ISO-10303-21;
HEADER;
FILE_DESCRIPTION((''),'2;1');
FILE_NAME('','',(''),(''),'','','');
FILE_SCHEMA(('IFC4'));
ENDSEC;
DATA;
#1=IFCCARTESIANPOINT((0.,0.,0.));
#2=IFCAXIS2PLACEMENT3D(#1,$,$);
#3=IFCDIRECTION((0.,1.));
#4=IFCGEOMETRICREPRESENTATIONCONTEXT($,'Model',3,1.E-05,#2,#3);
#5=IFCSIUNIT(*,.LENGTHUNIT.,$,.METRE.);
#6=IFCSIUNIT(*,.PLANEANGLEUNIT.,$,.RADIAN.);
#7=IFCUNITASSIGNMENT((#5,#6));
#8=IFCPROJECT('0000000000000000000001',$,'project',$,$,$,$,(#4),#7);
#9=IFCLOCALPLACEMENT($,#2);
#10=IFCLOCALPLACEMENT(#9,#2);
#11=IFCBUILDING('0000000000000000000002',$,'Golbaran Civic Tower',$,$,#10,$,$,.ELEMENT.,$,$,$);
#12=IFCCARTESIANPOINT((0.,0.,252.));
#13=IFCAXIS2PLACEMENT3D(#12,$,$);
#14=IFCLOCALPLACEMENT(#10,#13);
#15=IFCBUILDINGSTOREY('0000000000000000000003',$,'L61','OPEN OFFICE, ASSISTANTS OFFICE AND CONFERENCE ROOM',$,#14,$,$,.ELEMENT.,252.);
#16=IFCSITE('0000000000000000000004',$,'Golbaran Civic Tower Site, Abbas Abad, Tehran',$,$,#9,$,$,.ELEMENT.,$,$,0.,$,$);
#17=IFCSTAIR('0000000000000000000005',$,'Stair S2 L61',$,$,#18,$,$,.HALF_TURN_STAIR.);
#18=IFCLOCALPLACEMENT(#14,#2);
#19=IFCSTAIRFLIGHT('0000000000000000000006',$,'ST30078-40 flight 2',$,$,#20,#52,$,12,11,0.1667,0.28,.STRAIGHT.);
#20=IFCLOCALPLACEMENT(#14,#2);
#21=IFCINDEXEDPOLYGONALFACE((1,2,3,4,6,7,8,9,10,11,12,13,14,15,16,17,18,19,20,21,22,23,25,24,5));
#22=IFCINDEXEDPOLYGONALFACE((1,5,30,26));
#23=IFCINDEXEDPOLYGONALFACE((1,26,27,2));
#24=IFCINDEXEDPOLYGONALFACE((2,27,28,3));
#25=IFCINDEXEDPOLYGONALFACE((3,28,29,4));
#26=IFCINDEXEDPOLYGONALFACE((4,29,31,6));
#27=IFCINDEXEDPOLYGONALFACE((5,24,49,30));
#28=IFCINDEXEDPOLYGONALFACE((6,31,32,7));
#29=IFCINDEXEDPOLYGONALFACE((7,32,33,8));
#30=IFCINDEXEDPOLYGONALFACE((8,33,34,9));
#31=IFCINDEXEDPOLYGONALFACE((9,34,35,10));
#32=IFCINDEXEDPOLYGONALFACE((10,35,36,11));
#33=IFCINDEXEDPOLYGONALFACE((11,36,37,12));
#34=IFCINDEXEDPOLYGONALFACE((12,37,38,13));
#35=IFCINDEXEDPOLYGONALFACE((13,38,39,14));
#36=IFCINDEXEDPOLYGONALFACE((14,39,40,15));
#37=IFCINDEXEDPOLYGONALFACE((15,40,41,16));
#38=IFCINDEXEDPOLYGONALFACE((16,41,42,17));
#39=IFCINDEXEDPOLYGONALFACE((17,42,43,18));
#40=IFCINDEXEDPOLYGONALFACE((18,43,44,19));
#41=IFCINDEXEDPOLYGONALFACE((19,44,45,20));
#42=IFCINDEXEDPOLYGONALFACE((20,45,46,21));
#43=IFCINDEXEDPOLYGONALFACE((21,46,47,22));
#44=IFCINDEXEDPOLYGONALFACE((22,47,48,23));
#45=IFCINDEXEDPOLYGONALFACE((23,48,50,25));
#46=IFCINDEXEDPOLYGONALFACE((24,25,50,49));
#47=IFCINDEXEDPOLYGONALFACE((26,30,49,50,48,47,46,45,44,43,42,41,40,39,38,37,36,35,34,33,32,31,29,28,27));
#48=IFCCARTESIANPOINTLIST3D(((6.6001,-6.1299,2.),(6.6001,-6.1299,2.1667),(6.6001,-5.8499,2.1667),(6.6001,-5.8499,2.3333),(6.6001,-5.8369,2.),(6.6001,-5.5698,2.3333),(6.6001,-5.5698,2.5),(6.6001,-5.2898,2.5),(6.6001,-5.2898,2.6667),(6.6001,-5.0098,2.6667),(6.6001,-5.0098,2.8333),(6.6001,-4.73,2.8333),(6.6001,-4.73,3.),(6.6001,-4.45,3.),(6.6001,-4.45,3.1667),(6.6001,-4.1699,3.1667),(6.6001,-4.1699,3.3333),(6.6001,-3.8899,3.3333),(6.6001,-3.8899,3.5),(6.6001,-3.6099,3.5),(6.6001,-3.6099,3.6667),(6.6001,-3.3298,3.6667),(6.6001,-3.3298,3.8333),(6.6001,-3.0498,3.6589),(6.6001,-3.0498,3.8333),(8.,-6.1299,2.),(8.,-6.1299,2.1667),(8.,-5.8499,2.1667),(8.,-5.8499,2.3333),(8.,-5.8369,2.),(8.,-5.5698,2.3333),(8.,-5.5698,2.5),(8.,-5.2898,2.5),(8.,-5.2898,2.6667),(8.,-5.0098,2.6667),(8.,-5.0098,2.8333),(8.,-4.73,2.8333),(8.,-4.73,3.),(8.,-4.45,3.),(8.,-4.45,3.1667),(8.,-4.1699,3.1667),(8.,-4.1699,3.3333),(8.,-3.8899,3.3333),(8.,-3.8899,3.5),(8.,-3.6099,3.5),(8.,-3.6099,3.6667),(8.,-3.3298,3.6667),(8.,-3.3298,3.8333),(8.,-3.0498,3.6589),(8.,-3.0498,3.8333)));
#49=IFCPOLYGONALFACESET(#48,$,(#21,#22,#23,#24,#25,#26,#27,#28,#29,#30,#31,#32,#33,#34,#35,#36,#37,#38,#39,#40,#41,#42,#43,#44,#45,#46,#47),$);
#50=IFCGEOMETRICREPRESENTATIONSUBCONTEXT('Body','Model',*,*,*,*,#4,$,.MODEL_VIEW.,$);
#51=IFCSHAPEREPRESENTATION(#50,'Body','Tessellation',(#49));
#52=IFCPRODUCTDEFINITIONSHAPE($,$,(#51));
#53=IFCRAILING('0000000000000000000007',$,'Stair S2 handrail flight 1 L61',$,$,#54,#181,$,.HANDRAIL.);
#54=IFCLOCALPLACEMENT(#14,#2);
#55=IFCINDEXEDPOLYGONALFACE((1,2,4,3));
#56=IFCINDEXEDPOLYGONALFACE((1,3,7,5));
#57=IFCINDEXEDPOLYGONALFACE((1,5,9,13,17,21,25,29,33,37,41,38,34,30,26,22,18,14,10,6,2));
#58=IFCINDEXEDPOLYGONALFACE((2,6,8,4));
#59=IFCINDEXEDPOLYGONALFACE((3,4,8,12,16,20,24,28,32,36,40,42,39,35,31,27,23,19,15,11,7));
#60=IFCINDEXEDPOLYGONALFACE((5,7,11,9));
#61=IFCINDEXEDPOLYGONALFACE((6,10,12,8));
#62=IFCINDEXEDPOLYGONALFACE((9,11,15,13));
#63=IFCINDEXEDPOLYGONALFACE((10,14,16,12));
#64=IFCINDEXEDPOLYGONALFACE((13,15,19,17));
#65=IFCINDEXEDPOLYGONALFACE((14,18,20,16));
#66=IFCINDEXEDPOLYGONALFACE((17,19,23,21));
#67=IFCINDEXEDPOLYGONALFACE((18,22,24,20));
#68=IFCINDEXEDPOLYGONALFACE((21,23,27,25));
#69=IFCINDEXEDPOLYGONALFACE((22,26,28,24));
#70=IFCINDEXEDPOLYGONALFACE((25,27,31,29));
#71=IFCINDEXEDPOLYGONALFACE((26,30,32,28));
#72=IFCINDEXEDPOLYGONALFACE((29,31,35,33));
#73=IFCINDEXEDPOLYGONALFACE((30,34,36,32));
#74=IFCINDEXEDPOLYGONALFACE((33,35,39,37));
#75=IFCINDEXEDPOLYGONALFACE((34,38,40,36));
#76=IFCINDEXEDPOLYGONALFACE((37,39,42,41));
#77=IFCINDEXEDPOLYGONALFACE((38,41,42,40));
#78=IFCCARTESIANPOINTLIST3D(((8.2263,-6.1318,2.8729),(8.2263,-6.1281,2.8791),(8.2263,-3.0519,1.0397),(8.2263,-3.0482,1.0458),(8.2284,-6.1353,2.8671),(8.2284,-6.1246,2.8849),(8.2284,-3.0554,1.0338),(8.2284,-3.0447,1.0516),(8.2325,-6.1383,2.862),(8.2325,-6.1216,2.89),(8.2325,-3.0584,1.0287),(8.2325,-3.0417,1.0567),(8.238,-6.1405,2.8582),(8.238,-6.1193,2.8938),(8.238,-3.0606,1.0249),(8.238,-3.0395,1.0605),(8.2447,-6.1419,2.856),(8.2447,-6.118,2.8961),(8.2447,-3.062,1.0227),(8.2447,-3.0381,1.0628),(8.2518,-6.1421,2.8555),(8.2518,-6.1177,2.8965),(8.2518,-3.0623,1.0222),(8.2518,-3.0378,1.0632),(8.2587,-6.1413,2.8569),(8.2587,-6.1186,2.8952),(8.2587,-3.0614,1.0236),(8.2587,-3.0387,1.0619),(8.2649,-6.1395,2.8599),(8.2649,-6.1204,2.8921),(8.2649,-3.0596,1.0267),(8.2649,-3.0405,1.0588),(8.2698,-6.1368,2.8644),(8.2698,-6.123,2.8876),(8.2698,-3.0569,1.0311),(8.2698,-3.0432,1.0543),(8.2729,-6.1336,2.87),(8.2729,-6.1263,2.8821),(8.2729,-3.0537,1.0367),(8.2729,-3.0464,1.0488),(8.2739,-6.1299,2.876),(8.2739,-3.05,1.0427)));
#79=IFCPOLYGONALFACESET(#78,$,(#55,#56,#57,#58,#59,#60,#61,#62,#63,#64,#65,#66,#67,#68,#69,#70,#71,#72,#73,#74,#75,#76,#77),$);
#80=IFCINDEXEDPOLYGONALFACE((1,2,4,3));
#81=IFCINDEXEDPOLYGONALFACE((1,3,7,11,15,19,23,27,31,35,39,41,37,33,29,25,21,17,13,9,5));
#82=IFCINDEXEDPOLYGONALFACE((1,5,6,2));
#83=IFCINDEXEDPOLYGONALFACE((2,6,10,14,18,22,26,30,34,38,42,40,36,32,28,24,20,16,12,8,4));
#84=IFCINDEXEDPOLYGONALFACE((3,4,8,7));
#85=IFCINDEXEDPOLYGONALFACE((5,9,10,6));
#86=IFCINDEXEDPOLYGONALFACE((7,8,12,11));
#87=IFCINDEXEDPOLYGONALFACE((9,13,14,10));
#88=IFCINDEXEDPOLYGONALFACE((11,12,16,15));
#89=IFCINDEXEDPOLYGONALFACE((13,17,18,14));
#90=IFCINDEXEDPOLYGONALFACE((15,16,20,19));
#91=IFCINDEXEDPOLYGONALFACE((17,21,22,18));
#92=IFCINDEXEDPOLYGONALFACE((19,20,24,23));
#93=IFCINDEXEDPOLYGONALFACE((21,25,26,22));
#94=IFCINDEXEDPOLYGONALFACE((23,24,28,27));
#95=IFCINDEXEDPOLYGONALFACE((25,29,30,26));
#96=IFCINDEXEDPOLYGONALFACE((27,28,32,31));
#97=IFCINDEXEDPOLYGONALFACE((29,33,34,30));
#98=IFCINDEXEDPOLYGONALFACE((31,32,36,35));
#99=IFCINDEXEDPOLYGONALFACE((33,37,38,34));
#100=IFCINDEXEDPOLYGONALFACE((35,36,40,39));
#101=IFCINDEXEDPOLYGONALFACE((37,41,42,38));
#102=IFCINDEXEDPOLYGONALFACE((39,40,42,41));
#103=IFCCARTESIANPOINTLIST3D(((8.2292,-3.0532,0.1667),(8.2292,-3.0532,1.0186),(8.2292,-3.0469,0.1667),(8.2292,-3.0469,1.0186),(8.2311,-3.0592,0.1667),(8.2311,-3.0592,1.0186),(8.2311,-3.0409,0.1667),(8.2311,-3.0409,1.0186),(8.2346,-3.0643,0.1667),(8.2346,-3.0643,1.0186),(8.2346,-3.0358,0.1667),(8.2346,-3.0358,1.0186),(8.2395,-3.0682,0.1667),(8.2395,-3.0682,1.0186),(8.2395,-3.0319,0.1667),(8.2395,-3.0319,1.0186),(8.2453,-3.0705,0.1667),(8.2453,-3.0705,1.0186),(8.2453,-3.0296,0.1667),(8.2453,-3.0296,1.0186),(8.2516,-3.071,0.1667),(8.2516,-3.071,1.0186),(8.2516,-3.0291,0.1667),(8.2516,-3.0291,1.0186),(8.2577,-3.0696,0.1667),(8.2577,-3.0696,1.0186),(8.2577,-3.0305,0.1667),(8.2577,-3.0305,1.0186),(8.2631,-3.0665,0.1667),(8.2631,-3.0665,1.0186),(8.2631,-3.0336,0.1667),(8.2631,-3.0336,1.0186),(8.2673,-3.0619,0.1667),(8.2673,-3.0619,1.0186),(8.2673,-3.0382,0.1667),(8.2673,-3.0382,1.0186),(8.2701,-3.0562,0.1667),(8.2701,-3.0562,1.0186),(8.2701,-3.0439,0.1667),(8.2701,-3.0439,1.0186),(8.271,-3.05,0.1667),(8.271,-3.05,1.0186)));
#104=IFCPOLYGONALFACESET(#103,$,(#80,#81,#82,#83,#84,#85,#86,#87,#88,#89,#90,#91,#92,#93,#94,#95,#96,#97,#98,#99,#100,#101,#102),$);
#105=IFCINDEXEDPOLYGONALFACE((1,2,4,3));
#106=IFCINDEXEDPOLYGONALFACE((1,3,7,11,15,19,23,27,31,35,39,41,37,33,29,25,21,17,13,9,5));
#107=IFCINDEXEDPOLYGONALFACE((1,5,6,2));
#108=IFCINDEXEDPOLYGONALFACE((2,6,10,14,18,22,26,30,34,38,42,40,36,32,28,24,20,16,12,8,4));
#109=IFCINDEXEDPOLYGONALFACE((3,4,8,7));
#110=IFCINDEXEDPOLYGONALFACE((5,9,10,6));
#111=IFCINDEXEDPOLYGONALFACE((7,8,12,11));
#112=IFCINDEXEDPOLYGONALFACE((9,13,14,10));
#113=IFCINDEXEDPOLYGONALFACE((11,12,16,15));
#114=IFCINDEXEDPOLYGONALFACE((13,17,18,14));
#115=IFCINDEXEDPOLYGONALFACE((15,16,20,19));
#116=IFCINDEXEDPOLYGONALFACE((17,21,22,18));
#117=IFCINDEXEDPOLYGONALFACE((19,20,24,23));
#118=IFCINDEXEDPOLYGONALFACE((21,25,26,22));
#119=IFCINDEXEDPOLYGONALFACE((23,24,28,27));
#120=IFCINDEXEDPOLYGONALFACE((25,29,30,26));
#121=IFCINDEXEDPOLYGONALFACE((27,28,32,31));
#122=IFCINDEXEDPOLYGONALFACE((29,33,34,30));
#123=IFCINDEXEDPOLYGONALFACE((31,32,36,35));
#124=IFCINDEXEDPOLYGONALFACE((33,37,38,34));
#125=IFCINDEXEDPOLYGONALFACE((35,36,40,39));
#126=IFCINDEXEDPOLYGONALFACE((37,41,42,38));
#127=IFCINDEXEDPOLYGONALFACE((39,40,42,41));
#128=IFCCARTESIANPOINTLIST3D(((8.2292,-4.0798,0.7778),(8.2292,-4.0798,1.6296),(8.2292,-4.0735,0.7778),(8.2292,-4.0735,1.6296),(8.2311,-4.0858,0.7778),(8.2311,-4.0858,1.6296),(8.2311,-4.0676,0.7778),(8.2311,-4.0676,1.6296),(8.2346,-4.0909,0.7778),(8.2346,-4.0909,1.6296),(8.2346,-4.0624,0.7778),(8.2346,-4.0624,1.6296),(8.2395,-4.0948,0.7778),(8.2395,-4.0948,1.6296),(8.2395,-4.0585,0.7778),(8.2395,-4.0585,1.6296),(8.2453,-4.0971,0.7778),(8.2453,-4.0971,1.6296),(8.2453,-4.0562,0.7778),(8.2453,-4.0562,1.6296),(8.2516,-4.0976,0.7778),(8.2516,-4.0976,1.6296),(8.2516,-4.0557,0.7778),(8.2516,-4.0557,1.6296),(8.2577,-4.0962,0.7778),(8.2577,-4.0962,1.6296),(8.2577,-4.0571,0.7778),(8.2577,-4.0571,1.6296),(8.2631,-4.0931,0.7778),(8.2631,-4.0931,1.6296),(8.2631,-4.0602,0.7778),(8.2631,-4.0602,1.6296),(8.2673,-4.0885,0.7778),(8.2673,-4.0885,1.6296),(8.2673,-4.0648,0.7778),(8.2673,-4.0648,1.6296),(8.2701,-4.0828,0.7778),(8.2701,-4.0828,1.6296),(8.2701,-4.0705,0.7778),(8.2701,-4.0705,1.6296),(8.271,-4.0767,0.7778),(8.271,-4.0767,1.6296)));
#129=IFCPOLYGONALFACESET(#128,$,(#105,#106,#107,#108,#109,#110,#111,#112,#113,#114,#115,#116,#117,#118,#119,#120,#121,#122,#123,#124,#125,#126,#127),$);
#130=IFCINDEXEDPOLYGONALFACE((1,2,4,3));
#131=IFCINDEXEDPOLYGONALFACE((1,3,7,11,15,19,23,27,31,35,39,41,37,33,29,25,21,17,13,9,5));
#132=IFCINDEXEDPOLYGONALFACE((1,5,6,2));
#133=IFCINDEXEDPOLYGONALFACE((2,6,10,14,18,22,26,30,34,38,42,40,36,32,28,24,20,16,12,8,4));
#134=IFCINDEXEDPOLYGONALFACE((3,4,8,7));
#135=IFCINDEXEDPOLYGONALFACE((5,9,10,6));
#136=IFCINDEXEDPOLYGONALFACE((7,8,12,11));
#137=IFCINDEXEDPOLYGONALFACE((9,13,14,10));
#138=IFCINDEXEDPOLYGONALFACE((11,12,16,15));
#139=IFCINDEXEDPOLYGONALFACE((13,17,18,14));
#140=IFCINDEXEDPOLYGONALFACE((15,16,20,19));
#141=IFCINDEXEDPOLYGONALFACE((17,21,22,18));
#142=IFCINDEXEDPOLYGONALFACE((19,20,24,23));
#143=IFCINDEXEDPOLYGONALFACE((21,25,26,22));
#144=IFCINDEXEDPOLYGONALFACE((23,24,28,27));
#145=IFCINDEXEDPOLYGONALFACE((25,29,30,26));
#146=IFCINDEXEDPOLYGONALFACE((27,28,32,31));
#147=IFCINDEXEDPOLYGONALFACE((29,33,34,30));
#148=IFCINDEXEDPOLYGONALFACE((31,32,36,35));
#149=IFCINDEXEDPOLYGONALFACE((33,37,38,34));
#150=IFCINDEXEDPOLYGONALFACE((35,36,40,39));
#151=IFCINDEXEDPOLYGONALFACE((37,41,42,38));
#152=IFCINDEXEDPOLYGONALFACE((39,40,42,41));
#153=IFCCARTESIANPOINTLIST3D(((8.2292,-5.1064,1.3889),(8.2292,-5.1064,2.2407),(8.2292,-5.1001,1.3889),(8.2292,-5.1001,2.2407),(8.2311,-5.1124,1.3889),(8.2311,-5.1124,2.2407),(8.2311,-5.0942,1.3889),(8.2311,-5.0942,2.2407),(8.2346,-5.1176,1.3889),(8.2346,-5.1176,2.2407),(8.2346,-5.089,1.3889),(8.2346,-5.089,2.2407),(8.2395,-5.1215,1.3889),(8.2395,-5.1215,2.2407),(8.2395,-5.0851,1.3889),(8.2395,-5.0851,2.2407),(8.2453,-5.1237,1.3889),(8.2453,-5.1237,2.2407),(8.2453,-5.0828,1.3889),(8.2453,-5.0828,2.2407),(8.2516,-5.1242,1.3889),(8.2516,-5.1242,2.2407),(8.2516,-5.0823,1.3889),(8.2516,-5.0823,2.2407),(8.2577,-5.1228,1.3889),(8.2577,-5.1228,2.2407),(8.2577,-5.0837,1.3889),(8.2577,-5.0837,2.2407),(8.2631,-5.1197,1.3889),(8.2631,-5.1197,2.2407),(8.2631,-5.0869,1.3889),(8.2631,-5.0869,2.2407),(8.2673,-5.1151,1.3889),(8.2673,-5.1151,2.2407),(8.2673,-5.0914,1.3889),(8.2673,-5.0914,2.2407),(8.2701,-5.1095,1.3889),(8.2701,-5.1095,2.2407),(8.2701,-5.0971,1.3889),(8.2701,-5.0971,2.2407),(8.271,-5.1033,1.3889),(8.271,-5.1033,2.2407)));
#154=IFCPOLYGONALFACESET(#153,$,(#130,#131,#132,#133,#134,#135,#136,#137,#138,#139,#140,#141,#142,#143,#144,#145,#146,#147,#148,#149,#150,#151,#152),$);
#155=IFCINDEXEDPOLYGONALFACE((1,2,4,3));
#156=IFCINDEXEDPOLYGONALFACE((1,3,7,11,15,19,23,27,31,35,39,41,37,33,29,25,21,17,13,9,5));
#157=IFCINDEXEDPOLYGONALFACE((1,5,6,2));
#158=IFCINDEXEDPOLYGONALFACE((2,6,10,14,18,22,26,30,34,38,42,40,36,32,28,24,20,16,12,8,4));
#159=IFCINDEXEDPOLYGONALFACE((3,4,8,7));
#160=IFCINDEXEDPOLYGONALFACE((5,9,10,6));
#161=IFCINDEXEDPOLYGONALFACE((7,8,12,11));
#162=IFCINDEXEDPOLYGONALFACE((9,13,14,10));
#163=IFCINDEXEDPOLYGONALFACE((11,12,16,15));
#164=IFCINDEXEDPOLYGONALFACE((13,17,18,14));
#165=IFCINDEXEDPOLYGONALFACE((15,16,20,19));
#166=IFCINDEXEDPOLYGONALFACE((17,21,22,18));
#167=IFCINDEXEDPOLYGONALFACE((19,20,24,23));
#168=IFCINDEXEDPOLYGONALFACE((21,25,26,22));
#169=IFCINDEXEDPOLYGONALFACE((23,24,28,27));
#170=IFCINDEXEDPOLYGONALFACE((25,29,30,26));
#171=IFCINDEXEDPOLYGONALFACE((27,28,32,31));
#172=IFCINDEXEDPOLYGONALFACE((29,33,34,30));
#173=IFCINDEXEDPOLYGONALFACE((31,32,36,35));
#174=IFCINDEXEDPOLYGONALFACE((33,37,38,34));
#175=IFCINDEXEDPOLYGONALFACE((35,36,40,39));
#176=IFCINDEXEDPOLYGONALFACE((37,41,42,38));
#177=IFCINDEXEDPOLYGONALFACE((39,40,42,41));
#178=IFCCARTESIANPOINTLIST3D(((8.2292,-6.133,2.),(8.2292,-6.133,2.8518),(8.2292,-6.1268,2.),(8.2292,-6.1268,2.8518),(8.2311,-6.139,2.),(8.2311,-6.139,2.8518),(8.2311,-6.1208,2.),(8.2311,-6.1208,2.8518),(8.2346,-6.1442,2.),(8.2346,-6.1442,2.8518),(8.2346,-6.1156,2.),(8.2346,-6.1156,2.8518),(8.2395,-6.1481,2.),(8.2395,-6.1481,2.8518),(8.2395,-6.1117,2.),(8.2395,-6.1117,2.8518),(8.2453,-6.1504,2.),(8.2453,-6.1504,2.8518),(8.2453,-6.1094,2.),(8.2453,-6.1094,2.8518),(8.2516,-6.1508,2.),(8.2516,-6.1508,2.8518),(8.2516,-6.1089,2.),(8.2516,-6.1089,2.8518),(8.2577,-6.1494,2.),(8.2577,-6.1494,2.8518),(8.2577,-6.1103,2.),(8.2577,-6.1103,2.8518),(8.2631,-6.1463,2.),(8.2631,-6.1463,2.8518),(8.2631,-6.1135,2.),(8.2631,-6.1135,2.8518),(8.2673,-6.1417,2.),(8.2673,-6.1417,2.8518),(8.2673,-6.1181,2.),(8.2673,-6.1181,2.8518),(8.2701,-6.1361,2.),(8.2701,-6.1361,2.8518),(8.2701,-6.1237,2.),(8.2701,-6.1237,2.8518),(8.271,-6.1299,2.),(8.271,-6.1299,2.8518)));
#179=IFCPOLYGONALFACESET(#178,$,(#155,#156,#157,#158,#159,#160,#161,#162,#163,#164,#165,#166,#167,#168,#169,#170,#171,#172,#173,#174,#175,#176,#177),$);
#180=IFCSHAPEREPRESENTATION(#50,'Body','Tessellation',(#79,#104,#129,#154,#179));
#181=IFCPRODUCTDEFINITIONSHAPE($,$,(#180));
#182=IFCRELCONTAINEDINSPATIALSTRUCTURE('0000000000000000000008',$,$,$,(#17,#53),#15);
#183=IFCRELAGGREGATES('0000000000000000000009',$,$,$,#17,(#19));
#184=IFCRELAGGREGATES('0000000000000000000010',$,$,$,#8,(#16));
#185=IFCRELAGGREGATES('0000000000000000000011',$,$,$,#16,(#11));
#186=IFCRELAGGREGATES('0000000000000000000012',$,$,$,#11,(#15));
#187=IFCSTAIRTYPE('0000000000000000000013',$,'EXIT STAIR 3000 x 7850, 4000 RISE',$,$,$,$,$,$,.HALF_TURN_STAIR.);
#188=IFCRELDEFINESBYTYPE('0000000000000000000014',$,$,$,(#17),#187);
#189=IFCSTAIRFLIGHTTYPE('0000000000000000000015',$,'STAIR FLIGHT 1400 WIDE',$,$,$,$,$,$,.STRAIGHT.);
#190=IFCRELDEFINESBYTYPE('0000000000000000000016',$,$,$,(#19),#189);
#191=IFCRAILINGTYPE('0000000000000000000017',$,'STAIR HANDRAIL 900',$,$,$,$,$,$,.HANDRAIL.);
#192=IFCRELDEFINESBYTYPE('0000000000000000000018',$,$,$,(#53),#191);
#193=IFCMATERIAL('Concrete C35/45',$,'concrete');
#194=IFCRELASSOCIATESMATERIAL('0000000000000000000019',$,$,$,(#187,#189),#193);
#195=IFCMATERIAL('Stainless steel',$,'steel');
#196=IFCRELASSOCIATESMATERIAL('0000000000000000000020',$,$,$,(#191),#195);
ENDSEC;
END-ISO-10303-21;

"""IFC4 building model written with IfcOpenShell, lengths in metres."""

from ifc_helpers import new_model, si_unit, direction, frame, origin, origin_2d, place, context, subcontext, project, spatial, polyline, circle, outline, extrude, material, type_object, element, aggregate, save


model = new_model("IFC4")

# Units and contexts
model_context = context("Model", 3, precision=1e-05, world=origin(), true_north=direction((0.0, 1.0)))
body_context = subcontext(model_context, "Body", "Model", "MODEL_VIEW")
ifc_project = project(units=[si_unit("LENGTHUNIT", "METRE"), si_unit("PLANEANGLEUNIT", "RADIAN")], contexts=[model_context])

# Site, building, storey
site_placement = place(None, origin())
site = spatial("IfcSite", under=ifc_project, at=site_placement, Name="Golbaran Civic Tower Site, Abbas Abad, Tehran", CompositionType="ELEMENT", RefElevation=0.0)
building_placement = place(site_placement, origin())
building = spatial("IfcBuilding", under=site, at=building_placement, Name="Golbaran Civic Tower", CompositionType="ELEMENT")
storey_placement = place(building_placement, frame((0.0, 0.0, 252.0)))
storey = spatial("IfcBuildingStorey", under=building, at=storey_placement, Name="L61", Description="OPEN OFFICE, ASSISTANTS OFFICE AND CONFERENCE ROOM", CompositionType="ELEMENT", Elevation=252.0)

# Shared definitions
ifc_material_1 = material(Name="Concrete C35/45", Category="concrete")

# Shared definitions
ifc_material_2 = material(Name="Stainless steel", Category="steel")

# Stair, stair flight
stair_type = type_object("IfcStairType", Name="EXIT STAIR 3000 x 7850, 4000 RISE", PredefinedType="HALF_TURN_STAIR", material=ifc_material_1)
stair_placement = place(storey_placement, origin())
stair = element("IfcStair", 1, at=stair_placement, inside=storey, type_object=stair_type, Name="Stair S2 L61", PredefinedType="HALF_TURN_STAIR")
stair_flight_type = type_object("IfcStairFlightType", Name="STAIR FLIGHT 1400 WIDE", PredefinedType="STRAIGHT", material=ifc_material_1)
stair_flight_1_placement = place(storey_placement, frame((7.3, -6.1299, 2.0), z_axis=(0.0, 0.0, 1.0), x_axis=(0.0, 1.0, 0.0)))
stair_flight_1 = element("IfcStairFlight", 2, at=stair_flight_1_placement, type_object=stair_flight_type, Name="ST30078-40 flight 2", NumberOfRisers=12, NumberOfTreads=11, PredefinedType="STRAIGHT", RiserHeight=0.1667, TreadLength=0.28, context=body_context, shape_type="SweptSolid", body=[
    extrude(outline(polyline([(0.0, 0.0), (0.0, 0.1667), (0.28, 0.1667), (0.28, 0.3333), (0.5601, 0.3333), (0.5601, 0.5), (0.8401, 0.5), (0.8401, 0.6667), (1.1201, 0.6667), (1.1201, 0.8333), (1.3999, 0.8333), (1.3999, 1.0), (1.6799, 1.0), (1.6799, 1.1667), (1.96, 1.1667), (1.96, 1.3333), (2.24, 1.3333), (2.24, 1.5), (2.52, 1.5), (2.52, 1.6667), (2.8, 1.6667), (2.8, 1.8333), (3.0801, 1.8333), (3.0801, 2.0), (3.0801, 1.6589), (0.293, 0.0), (0.0, 0.0)])), frame((0.0, 0.7, 0.0), z_axis=(0.0, -1.0, 0.0), x_axis=(1.0, 0.0, 0.0)), (0.0, 0.0, 1.0), 1.3999),
])
aggregate(stair, [stair_flight_1])

# Railing
railing_type = type_object("IfcRailingType", Name="STAIR HANDRAIL 900", PredefinedType="HANDRAIL", material=ifc_material_2)
railing_1_placement = place(storey_placement, frame((8.25, -3.05, 0.1667)))
element("IfcRailing", 3, at=railing_1_placement, inside=storey, type_object=railing_type, Name="Stair S2 handrail flight 1 L61", PredefinedType="HANDRAIL", context=body_context, shape_type="SweptSolid", body=[
    extrude(circle(Radius=0.0239, at=origin_2d()), frame((0.0, 0.0, 0.876), z_axis=(0.0, -0.859291, 0.511487), x_axis=(1.0, 0.0, 0.0)), (0.0, 0.0, 1.0), 3.5842),
    extrude(circle(Radius=0.021, at=origin_2d()), origin(), (0.0, 0.0, 1.0), 0.8518),
    extrude(circle(Radius=0.021, at=origin_2d()), frame((0.0, -1.0266, 0.6111)), (0.0, 0.0, 1.0), 0.8518),
    extrude(circle(Radius=0.021, at=origin_2d()), frame((0.0, -2.0532, 1.2222)), (0.0, 0.0, 1.0), 0.8518),
    extrude(circle(Radius=0.021, at=origin_2d()), frame((0.0, -3.0798, 1.8333)), (0.0, 0.0, 1.0), 0.8518),
])

save(model, "model.ifc")
